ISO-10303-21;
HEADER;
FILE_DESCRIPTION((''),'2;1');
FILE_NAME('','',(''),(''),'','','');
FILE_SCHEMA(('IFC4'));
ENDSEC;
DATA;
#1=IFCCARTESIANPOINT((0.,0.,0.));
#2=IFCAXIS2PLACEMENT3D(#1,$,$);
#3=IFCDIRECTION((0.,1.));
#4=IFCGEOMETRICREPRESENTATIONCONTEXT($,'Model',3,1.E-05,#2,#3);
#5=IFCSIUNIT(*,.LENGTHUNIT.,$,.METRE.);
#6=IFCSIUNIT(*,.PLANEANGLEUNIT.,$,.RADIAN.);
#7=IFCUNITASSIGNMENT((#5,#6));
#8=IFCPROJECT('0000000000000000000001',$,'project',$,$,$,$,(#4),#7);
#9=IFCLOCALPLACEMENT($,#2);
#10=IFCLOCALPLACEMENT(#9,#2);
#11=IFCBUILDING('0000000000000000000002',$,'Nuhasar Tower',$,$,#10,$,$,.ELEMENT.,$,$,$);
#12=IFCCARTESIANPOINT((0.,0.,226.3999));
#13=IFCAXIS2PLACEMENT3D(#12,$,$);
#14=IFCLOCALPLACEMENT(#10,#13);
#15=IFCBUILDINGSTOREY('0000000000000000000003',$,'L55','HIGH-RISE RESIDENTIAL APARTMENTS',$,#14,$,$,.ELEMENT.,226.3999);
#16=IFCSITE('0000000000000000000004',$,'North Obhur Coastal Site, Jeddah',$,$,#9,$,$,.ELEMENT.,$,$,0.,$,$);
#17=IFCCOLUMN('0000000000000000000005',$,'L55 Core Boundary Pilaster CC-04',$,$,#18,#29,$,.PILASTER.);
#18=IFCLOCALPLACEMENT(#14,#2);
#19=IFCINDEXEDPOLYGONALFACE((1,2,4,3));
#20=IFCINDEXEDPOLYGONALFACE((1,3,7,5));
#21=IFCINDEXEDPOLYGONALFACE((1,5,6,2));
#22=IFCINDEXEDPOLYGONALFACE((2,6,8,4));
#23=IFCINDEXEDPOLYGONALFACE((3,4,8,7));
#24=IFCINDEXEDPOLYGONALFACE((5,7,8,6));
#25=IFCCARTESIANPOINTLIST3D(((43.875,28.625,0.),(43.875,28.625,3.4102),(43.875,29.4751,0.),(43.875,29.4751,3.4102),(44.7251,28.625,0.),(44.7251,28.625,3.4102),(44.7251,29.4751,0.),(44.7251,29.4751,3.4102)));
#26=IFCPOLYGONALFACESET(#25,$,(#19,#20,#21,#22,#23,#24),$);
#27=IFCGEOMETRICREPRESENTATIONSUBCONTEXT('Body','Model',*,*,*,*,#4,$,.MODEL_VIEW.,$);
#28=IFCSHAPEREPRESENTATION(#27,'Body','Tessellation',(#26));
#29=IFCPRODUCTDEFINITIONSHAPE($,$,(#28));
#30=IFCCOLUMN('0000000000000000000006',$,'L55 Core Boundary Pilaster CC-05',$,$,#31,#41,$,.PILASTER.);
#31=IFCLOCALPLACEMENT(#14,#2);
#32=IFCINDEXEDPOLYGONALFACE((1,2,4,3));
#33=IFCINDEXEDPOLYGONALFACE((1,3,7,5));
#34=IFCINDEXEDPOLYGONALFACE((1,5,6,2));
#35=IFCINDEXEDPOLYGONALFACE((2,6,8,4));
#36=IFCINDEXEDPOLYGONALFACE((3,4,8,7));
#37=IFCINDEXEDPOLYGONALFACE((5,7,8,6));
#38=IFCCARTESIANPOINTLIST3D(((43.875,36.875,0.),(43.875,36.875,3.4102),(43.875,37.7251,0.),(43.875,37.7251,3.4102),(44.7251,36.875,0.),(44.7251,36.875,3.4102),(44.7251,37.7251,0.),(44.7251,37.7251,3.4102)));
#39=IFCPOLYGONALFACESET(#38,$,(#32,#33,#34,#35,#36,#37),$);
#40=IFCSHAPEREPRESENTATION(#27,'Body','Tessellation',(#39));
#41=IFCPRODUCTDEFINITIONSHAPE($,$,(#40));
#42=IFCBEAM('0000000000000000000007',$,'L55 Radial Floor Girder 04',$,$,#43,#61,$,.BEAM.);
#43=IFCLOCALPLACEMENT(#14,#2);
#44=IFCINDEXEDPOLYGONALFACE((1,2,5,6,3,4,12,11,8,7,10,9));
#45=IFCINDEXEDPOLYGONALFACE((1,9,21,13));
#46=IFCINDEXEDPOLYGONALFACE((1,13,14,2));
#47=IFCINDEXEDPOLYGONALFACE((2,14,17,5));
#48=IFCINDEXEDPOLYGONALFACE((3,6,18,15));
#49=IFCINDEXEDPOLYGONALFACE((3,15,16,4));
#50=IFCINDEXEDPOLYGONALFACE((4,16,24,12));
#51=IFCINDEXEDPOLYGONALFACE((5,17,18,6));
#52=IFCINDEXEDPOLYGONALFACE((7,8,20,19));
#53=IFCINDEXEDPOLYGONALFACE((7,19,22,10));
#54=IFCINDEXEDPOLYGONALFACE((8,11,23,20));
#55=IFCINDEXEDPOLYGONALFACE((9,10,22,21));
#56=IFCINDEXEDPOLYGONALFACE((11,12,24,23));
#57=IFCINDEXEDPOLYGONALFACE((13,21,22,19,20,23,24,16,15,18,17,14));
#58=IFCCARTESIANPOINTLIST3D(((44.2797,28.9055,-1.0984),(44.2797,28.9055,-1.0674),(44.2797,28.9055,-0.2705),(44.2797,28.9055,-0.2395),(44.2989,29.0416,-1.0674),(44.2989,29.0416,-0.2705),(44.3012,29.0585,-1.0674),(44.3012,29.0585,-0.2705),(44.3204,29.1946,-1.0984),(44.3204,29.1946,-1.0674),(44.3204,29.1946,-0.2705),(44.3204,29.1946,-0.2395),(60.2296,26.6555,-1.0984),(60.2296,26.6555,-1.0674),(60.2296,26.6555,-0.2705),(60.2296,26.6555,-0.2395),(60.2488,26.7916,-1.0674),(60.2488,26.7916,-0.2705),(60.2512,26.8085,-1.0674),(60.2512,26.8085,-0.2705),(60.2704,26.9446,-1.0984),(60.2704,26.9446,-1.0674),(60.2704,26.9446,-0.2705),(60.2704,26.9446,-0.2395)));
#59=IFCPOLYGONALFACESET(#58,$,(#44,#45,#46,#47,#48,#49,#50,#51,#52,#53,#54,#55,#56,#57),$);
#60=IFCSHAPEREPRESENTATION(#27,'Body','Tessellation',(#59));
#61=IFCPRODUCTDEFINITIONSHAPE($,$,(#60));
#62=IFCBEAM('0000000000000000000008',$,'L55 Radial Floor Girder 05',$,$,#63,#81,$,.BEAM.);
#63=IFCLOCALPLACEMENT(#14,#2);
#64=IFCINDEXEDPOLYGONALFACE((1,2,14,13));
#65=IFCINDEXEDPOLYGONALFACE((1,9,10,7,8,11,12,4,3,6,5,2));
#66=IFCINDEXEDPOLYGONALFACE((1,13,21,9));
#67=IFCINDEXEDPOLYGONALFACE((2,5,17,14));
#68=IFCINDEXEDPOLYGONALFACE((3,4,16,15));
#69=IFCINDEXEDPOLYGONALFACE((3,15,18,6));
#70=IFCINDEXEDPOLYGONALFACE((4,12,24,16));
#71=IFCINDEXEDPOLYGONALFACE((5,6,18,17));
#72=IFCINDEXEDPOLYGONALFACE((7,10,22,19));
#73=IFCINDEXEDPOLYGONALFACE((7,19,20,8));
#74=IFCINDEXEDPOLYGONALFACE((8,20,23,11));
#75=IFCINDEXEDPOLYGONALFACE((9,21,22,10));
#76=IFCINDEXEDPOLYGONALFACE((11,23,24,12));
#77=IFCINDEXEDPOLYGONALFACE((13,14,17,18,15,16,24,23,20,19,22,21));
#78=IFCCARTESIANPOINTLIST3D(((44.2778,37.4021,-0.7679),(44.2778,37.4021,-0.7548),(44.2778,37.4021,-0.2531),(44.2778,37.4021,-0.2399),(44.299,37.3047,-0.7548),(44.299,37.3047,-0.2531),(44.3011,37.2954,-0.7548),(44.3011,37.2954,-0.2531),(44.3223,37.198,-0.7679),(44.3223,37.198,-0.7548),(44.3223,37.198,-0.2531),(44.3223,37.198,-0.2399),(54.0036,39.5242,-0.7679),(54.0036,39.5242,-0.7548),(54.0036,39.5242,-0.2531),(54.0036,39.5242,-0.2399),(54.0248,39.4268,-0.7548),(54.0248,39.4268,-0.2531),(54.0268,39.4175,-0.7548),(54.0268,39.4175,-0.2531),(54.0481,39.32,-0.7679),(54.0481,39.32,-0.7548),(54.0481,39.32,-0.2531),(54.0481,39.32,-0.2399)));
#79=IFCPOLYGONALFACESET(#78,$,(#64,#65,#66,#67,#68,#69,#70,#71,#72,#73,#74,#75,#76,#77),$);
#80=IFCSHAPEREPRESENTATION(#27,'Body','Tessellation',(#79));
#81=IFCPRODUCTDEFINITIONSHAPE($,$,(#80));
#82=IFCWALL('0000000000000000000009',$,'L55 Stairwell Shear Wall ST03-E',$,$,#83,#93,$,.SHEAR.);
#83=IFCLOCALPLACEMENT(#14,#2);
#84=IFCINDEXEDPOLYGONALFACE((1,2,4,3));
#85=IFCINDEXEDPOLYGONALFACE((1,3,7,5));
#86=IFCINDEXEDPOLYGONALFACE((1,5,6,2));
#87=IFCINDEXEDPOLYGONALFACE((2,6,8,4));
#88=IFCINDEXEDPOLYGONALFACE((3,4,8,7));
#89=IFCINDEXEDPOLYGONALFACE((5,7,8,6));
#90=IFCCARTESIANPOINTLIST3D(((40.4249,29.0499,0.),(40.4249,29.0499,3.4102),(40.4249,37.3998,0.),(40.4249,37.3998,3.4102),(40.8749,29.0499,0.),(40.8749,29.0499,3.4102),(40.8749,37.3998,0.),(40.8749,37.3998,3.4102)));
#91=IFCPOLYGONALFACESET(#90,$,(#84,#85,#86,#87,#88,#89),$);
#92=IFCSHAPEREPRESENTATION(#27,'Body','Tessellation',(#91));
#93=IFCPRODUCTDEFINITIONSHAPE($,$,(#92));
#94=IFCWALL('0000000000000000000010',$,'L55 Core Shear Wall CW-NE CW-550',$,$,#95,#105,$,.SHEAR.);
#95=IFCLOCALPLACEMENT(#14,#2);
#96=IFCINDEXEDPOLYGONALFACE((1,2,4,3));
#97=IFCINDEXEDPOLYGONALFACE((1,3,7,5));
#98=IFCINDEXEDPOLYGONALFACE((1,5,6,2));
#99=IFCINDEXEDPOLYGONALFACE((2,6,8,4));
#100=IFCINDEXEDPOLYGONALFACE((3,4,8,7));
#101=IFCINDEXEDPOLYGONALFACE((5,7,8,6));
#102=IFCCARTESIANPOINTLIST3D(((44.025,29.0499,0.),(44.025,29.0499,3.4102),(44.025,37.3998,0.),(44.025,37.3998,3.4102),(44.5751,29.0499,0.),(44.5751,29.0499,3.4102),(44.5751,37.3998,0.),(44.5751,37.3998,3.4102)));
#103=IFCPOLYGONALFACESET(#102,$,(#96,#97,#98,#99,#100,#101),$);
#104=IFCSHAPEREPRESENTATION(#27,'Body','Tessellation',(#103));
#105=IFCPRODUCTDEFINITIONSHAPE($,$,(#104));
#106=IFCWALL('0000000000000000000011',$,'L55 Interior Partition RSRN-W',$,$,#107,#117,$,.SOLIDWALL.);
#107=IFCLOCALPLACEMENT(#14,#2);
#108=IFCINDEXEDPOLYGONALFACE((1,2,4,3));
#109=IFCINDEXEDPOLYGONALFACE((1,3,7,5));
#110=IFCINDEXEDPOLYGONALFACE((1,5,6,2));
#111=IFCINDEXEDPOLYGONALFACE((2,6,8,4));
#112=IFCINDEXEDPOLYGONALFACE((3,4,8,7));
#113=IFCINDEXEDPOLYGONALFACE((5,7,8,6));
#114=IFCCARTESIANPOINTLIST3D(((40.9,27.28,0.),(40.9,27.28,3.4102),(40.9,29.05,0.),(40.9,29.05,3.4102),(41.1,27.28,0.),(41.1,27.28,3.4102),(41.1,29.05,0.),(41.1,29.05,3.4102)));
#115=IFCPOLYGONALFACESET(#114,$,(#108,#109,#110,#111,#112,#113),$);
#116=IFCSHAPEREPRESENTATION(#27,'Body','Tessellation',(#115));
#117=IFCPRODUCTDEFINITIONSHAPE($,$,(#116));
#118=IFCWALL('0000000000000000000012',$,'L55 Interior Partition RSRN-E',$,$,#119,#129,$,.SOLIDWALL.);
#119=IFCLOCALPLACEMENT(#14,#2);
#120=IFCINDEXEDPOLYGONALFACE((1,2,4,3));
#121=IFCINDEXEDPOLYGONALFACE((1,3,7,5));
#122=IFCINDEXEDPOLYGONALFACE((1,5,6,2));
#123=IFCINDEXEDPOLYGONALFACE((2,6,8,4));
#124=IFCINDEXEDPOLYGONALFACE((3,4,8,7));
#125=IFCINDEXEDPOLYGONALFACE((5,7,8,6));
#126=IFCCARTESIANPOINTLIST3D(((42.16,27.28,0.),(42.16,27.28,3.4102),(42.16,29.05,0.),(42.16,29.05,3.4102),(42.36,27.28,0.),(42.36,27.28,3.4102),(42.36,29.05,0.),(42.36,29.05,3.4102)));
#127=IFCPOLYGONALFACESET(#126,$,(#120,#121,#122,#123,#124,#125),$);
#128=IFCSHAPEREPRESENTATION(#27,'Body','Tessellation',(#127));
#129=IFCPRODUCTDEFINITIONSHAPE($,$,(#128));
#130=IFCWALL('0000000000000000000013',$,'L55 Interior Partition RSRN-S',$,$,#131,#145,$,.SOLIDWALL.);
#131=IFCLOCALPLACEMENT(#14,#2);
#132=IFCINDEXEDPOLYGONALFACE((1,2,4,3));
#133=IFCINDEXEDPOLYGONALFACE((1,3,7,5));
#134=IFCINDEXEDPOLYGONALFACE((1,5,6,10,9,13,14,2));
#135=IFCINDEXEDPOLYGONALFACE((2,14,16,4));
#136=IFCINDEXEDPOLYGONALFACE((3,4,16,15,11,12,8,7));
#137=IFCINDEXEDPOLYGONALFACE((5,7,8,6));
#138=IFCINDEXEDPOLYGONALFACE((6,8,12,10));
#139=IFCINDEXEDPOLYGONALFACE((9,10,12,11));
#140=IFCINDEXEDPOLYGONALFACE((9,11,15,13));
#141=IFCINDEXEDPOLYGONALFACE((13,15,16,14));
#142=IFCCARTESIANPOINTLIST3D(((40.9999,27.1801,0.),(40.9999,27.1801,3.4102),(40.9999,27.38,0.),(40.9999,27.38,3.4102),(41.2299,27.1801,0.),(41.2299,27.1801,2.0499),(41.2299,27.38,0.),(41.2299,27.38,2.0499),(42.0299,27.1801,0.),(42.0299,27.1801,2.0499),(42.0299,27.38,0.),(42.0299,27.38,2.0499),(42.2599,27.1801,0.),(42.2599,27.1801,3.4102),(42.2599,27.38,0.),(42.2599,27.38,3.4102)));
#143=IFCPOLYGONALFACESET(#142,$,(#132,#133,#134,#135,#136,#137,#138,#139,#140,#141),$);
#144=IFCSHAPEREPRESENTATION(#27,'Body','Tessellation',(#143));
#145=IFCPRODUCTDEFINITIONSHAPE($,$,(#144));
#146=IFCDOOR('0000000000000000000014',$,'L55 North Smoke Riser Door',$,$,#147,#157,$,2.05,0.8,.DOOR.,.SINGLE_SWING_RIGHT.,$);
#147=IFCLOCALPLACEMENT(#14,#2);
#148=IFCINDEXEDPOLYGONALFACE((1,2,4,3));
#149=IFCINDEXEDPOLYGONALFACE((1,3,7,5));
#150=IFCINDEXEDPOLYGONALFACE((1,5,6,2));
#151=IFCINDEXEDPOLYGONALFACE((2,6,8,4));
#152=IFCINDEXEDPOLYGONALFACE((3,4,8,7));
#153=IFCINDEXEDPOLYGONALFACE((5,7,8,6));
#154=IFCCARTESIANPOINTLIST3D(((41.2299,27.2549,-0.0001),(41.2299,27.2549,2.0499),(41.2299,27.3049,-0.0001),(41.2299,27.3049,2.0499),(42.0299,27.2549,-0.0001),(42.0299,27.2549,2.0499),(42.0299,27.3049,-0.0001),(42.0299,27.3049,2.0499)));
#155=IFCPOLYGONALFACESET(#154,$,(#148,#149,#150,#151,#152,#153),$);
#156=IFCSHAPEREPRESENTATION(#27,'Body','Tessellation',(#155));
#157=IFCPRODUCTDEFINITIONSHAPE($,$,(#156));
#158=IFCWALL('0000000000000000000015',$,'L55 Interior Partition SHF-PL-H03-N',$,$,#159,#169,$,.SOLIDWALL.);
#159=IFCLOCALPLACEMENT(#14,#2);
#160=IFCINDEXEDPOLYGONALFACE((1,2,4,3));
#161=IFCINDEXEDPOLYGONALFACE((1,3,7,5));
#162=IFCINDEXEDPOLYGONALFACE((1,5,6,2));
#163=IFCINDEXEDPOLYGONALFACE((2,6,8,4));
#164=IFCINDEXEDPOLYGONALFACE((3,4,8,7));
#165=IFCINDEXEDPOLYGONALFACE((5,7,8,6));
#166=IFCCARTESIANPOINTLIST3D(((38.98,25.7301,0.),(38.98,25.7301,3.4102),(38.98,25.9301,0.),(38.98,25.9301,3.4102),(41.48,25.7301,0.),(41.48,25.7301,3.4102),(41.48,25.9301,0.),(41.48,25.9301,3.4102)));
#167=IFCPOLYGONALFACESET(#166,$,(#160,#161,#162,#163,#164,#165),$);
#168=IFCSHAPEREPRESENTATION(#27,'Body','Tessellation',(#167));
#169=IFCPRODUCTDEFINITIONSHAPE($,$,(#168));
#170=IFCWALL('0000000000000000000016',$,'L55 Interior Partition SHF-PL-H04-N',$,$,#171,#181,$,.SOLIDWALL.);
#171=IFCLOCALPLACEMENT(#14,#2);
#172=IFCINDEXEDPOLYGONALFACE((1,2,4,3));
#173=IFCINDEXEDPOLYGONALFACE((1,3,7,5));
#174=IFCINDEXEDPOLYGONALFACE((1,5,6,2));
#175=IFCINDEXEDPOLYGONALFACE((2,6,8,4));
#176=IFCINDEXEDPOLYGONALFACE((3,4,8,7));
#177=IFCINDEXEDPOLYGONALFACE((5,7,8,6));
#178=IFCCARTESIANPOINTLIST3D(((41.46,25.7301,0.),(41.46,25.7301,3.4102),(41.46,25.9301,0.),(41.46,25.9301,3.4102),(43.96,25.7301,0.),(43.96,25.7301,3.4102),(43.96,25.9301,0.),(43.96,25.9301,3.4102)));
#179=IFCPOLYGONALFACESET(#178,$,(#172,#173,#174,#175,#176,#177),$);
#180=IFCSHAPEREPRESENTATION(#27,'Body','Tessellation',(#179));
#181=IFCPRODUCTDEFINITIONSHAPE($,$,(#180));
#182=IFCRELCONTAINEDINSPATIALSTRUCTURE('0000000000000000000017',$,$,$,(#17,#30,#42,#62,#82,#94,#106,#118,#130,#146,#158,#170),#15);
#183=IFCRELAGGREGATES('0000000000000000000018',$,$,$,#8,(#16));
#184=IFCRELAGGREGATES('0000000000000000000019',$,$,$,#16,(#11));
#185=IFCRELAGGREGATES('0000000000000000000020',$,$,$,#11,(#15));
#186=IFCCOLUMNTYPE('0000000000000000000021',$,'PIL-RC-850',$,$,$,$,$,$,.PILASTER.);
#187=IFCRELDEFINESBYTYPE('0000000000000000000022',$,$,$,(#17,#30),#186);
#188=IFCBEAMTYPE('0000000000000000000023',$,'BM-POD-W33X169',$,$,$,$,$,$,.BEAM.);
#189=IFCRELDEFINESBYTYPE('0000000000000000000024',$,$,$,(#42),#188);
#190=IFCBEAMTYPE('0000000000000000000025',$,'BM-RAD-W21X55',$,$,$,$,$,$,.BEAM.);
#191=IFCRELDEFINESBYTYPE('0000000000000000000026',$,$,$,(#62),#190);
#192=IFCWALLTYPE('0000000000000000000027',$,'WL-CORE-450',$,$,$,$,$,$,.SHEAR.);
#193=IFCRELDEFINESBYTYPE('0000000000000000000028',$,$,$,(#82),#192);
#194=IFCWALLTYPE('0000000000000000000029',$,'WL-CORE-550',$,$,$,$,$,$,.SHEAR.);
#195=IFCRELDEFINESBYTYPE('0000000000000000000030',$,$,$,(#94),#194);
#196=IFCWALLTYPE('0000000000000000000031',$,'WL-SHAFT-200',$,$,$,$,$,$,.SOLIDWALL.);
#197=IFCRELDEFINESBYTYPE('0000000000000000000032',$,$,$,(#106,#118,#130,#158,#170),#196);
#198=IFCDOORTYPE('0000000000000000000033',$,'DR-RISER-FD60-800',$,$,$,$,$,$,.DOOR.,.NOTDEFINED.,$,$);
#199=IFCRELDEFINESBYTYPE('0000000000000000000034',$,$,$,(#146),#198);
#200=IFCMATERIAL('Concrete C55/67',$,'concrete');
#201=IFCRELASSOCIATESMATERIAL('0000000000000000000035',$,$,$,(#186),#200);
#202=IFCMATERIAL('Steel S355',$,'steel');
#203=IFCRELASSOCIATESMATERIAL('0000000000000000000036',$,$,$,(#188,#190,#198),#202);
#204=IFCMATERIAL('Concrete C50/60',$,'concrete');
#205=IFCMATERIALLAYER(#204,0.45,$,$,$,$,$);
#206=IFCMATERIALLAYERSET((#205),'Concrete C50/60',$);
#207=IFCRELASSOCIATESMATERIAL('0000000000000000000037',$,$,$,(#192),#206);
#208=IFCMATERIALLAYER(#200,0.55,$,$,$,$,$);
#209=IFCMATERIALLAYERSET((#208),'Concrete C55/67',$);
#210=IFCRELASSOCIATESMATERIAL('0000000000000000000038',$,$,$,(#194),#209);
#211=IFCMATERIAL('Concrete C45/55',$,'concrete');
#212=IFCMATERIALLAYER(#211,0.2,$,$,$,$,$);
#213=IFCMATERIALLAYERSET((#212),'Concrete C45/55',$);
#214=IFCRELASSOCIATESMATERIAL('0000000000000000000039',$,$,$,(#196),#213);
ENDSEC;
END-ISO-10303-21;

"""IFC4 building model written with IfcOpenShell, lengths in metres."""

from ifc_helpers import new_model, si_unit, direction, frame, frame_2d, origin, origin_2d, place, context, subcontext, project, spatial, rectangle, i_section, extrude, material, layer, layer_set, material_profile, profile_set, type_object, element, fill, save


model = new_model("IFC4")

# Units and contexts
model_context = context("Model", 3, precision=1e-05, world=origin(), true_north=direction((0.0, 1.0)))
body_context = subcontext(model_context, "Body", "Model", "MODEL_VIEW")
ifc_project = project(units=[si_unit("LENGTHUNIT", "METRE"), si_unit("PLANEANGLEUNIT", "RADIAN")], contexts=[model_context])

# Site, building, storey
site_placement = place(None, origin())
site = spatial("IfcSite", under=ifc_project, at=site_placement, Name="North Obhur Coastal Site, Jeddah", CompositionType="ELEMENT", RefElevation=0.0)
building_placement = place(site_placement, origin())
building = spatial("IfcBuilding", under=site, at=building_placement, Name="Nuhasar Tower", CompositionType="ELEMENT")
storey_placement = place(building_placement, frame((0.0, 0.0, 226.3999)))
storey = spatial("IfcBuildingStorey", under=building, at=storey_placement, Name="L55", Description="HIGH-RISE RESIDENTIAL APARTMENTS", CompositionType="ELEMENT", Elevation=226.3999)

# Columns
ifc_material_1 = material(Name="Concrete C55/67", Category="concrete")
ifc_material_profile_1 = material_profile(ifc_material_1, rectangle(XDim=0.8501, YDim=0.8501, at=origin_2d()), Name="RC850X850")
ifc_profile_set_1 = profile_set([ifc_material_profile_1], Name="Concrete C55/67")
column_type = type_object("IfcColumnType", Name="PIL-RC-850", PredefinedType="PILASTER", material=ifc_profile_set_1)
for number, where, z_axis, x_axis, name in (
    (1, (44.3, 29.05, 0.0), (0.0, 0.0, 1.0), (1.0, 0.0, 0.0), "L55 Core Boundary Pilaster CC-04"),
    (2, (44.3, 37.3, 0.0), (0.0, 0.0, 1.0), (1.0, 0.0, 0.0), "L55 Core Boundary Pilaster CC-05"),
):
    element("IfcColumn", number, at=place(storey_placement, frame(where, z_axis=z_axis, x_axis=x_axis)), inside=storey, type_object=column_type, Name=name, PredefinedType="PILASTER", context=body_context, shape_type="SweptSolid", body=[
        extrude(rectangle(XDim=0.8501, YDim=0.8501, at=origin_2d()), origin(), (0.0, 0.0, 1.0), 3.4102),
    ])

# Beams
ifc_material_2 = material(Name="Steel S355", Category="steel")
ifc_material_profile_2 = material_profile(ifc_material_2, i_section(OverallWidth=0.292, OverallDepth=0.8589, WebThickness=0.0171, FlangeThickness=0.031, at=origin_2d()), Name="W33X169")
ifc_profile_set_2 = profile_set([ifc_material_profile_2], Name="Steel S355")
beam_type_1 = type_object("IfcBeamType", Name="BM-POD-W33X169", PredefinedType="BEAM", material=ifc_profile_set_2)
beam_1_placement = place(storey_placement, frame((44.3, 29.05, -0.6689), z_axis=(0.990196, -0.139683, 0.0), x_axis=(0.139683, 0.990196, 0.0)))
element("IfcBeam", 3, at=beam_1_placement, inside=storey, type_object=beam_type_1, Name="L55 Radial Floor Girder 04", PredefinedType="BEAM", context=body_context, shape_type="SweptSolid", body=[
    extrude(i_section(OverallWidth=0.292, OverallDepth=0.8589, WebThickness=0.0171, FlangeThickness=0.031, at=origin_2d()), origin(), (0.0, 0.0, 1.0), 16.1079),
])
ifc_material_profile_3 = material_profile(ifc_material_2, i_section(OverallWidth=0.209, OverallDepth=0.5281, WebThickness=0.0095, FlangeThickness=0.0132, at=origin_2d()), Name="W21X55")
ifc_profile_set_3 = profile_set([ifc_material_profile_3], Name="Steel S355")
beam_type_2 = type_object("IfcBeamType", Name="BM-RAD-W21X55", PredefinedType="BEAM", material=ifc_profile_set_3)
beam_2_placement = place(storey_placement, frame((44.3, 37.3, -0.5039), z_axis=(0.977014, 0.213174, 0.0), x_axis=(-0.213174, 0.977014, 0.0)))
element("IfcBeam", 4, at=beam_2_placement, inside=storey, type_object=beam_type_2, Name="L55 Radial Floor Girder 05", PredefinedType="BEAM", context=body_context, shape_type="SweptSolid", body=[
    extrude(i_section(OverallWidth=0.209, OverallDepth=0.5281, WebThickness=0.0095, FlangeThickness=0.0132, at=origin_2d()), origin(), (0.0, 0.0, 1.0), 9.9546),
])

# Shared definitions
ifc_material_3 = material(Name="Concrete C50/60", Category="concrete")
ifc_layer_1 = layer(ifc_material_3, 0.45)
ifc_layer_set_1 = layer_set([ifc_layer_1], Name="Concrete C50/60")
wall_type_1 = type_object("IfcWallType", Name="WL-CORE-450", PredefinedType="SHEAR", material=ifc_layer_set_1)

# Walls
wall_1_placement = place(storey_placement, frame((40.6499, 29.05, 0.0), z_axis=(0.0, 0.0, 1.0), x_axis=(0.0, 1.0, 0.0)))
element("IfcWall", 5, at=wall_1_placement, inside=storey, type_object=wall_type_1, Name="L55 Stairwell Shear Wall ST03-E", PredefinedType="SHEAR", context=body_context, shape_type="SweptSolid", body=[
    extrude(rectangle(XDim=8.3499, YDim=0.45, at=frame_2d((4.1748, 0.0))), origin(), (0.0, 0.0, 1.0), 3.4102),
])
ifc_layer_2 = layer(ifc_material_1, 0.55)
ifc_layer_set_2 = layer_set([ifc_layer_2], Name="Concrete C55/67")
wall_type_2 = type_object("IfcWallType", Name="WL-CORE-550", PredefinedType="SHEAR", material=ifc_layer_set_2)
wall_2_placement = place(storey_placement, frame((44.3, 29.05, 0.0), z_axis=(0.0, 0.0, 1.0), x_axis=(0.0, 1.0, 0.0)))
element("IfcWall", 6, at=wall_2_placement, inside=storey, type_object=wall_type_2, Name="L55 Core Shear Wall CW-NE CW-550", PredefinedType="SHEAR", context=body_context, shape_type="SweptSolid", body=[
    extrude(rectangle(XDim=8.3499, YDim=0.55, at=frame_2d((4.1748, 0.0))), origin(), (0.0, 0.0, 1.0), 3.4102),
])
ifc_material_4 = material(Name="Concrete C45/55", Category="concrete")
ifc_layer_3 = layer(ifc_material_4, 0.2)
ifc_layer_set_3 = layer_set([ifc_layer_3], Name="Concrete C45/55")
wall_type_3 = type_object("IfcWallType", Name="WL-SHAFT-200", PredefinedType="SOLIDWALL", material=ifc_layer_set_3)
for number, where, z_axis, x_axis, name in (
    (7, (41.0, 27.28, 0.0), (0.0, 0.0, 1.0), (0.0, 1.0, 0.0), "L55 Interior Partition RSRN-W"),
    (8, (42.26, 27.28, 0.0), (0.0, 0.0, 1.0), (0.0, 1.0, 0.0), "L55 Interior Partition RSRN-E"),
):
    element("IfcWall", number, at=place(storey_placement, frame(where, z_axis=z_axis, x_axis=x_axis)), inside=storey, type_object=wall_type_3, Name=name, PredefinedType="SOLIDWALL", context=body_context, shape_type="SweptSolid", body=[
        extrude(rectangle(XDim=1.77, YDim=0.2, at=frame_2d((0.885, 0.0))), origin(), (0.0, 0.0, 1.0), 3.4102),
    ])

# Wall, opening, door
wall_3_placement = place(storey_placement, frame((41.0, 27.28, 0.0), z_axis=(0.0, 0.0, 1.0), x_axis=(1.0, 0.0, 0.0)))
wall_3 = element("IfcWall", 9, at=wall_3_placement, inside=storey, type_object=wall_type_3, Name="L55 Interior Partition RSRN-S", PredefinedType="SOLIDWALL", context=body_context, shape_type="SweptSolid", body=[
    extrude(rectangle(XDim=1.26, YDim=0.2, at=frame_2d((0.6299, 0.0))), origin(), (0.0, 0.0, 1.0), 3.4102),
])
opening_1_placement = place(wall_3_placement, frame((0.23, 0.0, 0.0)))
opening_1 = element("IfcOpeningElement", 10, at=opening_1_placement, cuts=wall_3, PredefinedType="OPENING", context=body_context, shape_type="SweptSolid", body=[
    extrude(rectangle(XDim=0.8, YDim=2.05, at=frame_2d((0.3999, 1.0249))), frame((0.0, 0.1099, 0.0), z_axis=(0.0, -1.0, 0.0), x_axis=(1.0, 0.0, 0.0)), (0.0, 0.0, 1.0), 0.22),
])
door_type_1 = type_object("IfcDoorType", Name="DR-RISER-FD60-800", OperationType="NOTDEFINED", PredefinedType="DOOR", material=ifc_material_2)
door_1_placement = place(opening_1_placement, origin())
door_1 = element("IfcDoor", 11, at=door_1_placement, inside=storey, type_object=door_type_1, Name="L55 North Smoke Riser Door", OperationType="SINGLE_SWING_RIGHT", OverallHeight=2.05, OverallWidth=0.8, PredefinedType="DOOR", context=body_context, shape_type="SweptSolid", body=[
    extrude(rectangle(XDim=0.8, YDim=2.05, at=frame_2d((0.3999, 1.0249))), frame((0.0, 0.0249, 0.0), z_axis=(0.0, -1.0, 0.0), x_axis=(1.0, 0.0, 0.0)), (0.0, 0.0, 1.0), 0.05),
])
fill(opening_1, door_1)

# Walls
for number, where, z_axis, x_axis, name in (
    (12, (38.98, 25.8301, 0.0), (0.0, 0.0, 1.0), (1.0, 0.0, 0.0), "L55 Interior Partition SHF-PL-H03-N"),
    (13, (41.46, 25.8301, 0.0), (0.0, 0.0, 1.0), (1.0, 0.0, 0.0), "L55 Interior Partition SHF-PL-H04-N"),
):
    element("IfcWall", number, at=place(storey_placement, frame(where, z_axis=z_axis, x_axis=x_axis)), inside=storey, type_object=wall_type_3, Name=name, PredefinedType="SOLIDWALL", context=body_context, shape_type="SweptSolid", body=[
        extrude(rectangle(XDim=2.5, YDim=0.2, at=frame_2d((1.25, 0.0))), origin(), (0.0, 0.0, 1.0), 3.4102),
    ])

save(model, "model.ifc")
